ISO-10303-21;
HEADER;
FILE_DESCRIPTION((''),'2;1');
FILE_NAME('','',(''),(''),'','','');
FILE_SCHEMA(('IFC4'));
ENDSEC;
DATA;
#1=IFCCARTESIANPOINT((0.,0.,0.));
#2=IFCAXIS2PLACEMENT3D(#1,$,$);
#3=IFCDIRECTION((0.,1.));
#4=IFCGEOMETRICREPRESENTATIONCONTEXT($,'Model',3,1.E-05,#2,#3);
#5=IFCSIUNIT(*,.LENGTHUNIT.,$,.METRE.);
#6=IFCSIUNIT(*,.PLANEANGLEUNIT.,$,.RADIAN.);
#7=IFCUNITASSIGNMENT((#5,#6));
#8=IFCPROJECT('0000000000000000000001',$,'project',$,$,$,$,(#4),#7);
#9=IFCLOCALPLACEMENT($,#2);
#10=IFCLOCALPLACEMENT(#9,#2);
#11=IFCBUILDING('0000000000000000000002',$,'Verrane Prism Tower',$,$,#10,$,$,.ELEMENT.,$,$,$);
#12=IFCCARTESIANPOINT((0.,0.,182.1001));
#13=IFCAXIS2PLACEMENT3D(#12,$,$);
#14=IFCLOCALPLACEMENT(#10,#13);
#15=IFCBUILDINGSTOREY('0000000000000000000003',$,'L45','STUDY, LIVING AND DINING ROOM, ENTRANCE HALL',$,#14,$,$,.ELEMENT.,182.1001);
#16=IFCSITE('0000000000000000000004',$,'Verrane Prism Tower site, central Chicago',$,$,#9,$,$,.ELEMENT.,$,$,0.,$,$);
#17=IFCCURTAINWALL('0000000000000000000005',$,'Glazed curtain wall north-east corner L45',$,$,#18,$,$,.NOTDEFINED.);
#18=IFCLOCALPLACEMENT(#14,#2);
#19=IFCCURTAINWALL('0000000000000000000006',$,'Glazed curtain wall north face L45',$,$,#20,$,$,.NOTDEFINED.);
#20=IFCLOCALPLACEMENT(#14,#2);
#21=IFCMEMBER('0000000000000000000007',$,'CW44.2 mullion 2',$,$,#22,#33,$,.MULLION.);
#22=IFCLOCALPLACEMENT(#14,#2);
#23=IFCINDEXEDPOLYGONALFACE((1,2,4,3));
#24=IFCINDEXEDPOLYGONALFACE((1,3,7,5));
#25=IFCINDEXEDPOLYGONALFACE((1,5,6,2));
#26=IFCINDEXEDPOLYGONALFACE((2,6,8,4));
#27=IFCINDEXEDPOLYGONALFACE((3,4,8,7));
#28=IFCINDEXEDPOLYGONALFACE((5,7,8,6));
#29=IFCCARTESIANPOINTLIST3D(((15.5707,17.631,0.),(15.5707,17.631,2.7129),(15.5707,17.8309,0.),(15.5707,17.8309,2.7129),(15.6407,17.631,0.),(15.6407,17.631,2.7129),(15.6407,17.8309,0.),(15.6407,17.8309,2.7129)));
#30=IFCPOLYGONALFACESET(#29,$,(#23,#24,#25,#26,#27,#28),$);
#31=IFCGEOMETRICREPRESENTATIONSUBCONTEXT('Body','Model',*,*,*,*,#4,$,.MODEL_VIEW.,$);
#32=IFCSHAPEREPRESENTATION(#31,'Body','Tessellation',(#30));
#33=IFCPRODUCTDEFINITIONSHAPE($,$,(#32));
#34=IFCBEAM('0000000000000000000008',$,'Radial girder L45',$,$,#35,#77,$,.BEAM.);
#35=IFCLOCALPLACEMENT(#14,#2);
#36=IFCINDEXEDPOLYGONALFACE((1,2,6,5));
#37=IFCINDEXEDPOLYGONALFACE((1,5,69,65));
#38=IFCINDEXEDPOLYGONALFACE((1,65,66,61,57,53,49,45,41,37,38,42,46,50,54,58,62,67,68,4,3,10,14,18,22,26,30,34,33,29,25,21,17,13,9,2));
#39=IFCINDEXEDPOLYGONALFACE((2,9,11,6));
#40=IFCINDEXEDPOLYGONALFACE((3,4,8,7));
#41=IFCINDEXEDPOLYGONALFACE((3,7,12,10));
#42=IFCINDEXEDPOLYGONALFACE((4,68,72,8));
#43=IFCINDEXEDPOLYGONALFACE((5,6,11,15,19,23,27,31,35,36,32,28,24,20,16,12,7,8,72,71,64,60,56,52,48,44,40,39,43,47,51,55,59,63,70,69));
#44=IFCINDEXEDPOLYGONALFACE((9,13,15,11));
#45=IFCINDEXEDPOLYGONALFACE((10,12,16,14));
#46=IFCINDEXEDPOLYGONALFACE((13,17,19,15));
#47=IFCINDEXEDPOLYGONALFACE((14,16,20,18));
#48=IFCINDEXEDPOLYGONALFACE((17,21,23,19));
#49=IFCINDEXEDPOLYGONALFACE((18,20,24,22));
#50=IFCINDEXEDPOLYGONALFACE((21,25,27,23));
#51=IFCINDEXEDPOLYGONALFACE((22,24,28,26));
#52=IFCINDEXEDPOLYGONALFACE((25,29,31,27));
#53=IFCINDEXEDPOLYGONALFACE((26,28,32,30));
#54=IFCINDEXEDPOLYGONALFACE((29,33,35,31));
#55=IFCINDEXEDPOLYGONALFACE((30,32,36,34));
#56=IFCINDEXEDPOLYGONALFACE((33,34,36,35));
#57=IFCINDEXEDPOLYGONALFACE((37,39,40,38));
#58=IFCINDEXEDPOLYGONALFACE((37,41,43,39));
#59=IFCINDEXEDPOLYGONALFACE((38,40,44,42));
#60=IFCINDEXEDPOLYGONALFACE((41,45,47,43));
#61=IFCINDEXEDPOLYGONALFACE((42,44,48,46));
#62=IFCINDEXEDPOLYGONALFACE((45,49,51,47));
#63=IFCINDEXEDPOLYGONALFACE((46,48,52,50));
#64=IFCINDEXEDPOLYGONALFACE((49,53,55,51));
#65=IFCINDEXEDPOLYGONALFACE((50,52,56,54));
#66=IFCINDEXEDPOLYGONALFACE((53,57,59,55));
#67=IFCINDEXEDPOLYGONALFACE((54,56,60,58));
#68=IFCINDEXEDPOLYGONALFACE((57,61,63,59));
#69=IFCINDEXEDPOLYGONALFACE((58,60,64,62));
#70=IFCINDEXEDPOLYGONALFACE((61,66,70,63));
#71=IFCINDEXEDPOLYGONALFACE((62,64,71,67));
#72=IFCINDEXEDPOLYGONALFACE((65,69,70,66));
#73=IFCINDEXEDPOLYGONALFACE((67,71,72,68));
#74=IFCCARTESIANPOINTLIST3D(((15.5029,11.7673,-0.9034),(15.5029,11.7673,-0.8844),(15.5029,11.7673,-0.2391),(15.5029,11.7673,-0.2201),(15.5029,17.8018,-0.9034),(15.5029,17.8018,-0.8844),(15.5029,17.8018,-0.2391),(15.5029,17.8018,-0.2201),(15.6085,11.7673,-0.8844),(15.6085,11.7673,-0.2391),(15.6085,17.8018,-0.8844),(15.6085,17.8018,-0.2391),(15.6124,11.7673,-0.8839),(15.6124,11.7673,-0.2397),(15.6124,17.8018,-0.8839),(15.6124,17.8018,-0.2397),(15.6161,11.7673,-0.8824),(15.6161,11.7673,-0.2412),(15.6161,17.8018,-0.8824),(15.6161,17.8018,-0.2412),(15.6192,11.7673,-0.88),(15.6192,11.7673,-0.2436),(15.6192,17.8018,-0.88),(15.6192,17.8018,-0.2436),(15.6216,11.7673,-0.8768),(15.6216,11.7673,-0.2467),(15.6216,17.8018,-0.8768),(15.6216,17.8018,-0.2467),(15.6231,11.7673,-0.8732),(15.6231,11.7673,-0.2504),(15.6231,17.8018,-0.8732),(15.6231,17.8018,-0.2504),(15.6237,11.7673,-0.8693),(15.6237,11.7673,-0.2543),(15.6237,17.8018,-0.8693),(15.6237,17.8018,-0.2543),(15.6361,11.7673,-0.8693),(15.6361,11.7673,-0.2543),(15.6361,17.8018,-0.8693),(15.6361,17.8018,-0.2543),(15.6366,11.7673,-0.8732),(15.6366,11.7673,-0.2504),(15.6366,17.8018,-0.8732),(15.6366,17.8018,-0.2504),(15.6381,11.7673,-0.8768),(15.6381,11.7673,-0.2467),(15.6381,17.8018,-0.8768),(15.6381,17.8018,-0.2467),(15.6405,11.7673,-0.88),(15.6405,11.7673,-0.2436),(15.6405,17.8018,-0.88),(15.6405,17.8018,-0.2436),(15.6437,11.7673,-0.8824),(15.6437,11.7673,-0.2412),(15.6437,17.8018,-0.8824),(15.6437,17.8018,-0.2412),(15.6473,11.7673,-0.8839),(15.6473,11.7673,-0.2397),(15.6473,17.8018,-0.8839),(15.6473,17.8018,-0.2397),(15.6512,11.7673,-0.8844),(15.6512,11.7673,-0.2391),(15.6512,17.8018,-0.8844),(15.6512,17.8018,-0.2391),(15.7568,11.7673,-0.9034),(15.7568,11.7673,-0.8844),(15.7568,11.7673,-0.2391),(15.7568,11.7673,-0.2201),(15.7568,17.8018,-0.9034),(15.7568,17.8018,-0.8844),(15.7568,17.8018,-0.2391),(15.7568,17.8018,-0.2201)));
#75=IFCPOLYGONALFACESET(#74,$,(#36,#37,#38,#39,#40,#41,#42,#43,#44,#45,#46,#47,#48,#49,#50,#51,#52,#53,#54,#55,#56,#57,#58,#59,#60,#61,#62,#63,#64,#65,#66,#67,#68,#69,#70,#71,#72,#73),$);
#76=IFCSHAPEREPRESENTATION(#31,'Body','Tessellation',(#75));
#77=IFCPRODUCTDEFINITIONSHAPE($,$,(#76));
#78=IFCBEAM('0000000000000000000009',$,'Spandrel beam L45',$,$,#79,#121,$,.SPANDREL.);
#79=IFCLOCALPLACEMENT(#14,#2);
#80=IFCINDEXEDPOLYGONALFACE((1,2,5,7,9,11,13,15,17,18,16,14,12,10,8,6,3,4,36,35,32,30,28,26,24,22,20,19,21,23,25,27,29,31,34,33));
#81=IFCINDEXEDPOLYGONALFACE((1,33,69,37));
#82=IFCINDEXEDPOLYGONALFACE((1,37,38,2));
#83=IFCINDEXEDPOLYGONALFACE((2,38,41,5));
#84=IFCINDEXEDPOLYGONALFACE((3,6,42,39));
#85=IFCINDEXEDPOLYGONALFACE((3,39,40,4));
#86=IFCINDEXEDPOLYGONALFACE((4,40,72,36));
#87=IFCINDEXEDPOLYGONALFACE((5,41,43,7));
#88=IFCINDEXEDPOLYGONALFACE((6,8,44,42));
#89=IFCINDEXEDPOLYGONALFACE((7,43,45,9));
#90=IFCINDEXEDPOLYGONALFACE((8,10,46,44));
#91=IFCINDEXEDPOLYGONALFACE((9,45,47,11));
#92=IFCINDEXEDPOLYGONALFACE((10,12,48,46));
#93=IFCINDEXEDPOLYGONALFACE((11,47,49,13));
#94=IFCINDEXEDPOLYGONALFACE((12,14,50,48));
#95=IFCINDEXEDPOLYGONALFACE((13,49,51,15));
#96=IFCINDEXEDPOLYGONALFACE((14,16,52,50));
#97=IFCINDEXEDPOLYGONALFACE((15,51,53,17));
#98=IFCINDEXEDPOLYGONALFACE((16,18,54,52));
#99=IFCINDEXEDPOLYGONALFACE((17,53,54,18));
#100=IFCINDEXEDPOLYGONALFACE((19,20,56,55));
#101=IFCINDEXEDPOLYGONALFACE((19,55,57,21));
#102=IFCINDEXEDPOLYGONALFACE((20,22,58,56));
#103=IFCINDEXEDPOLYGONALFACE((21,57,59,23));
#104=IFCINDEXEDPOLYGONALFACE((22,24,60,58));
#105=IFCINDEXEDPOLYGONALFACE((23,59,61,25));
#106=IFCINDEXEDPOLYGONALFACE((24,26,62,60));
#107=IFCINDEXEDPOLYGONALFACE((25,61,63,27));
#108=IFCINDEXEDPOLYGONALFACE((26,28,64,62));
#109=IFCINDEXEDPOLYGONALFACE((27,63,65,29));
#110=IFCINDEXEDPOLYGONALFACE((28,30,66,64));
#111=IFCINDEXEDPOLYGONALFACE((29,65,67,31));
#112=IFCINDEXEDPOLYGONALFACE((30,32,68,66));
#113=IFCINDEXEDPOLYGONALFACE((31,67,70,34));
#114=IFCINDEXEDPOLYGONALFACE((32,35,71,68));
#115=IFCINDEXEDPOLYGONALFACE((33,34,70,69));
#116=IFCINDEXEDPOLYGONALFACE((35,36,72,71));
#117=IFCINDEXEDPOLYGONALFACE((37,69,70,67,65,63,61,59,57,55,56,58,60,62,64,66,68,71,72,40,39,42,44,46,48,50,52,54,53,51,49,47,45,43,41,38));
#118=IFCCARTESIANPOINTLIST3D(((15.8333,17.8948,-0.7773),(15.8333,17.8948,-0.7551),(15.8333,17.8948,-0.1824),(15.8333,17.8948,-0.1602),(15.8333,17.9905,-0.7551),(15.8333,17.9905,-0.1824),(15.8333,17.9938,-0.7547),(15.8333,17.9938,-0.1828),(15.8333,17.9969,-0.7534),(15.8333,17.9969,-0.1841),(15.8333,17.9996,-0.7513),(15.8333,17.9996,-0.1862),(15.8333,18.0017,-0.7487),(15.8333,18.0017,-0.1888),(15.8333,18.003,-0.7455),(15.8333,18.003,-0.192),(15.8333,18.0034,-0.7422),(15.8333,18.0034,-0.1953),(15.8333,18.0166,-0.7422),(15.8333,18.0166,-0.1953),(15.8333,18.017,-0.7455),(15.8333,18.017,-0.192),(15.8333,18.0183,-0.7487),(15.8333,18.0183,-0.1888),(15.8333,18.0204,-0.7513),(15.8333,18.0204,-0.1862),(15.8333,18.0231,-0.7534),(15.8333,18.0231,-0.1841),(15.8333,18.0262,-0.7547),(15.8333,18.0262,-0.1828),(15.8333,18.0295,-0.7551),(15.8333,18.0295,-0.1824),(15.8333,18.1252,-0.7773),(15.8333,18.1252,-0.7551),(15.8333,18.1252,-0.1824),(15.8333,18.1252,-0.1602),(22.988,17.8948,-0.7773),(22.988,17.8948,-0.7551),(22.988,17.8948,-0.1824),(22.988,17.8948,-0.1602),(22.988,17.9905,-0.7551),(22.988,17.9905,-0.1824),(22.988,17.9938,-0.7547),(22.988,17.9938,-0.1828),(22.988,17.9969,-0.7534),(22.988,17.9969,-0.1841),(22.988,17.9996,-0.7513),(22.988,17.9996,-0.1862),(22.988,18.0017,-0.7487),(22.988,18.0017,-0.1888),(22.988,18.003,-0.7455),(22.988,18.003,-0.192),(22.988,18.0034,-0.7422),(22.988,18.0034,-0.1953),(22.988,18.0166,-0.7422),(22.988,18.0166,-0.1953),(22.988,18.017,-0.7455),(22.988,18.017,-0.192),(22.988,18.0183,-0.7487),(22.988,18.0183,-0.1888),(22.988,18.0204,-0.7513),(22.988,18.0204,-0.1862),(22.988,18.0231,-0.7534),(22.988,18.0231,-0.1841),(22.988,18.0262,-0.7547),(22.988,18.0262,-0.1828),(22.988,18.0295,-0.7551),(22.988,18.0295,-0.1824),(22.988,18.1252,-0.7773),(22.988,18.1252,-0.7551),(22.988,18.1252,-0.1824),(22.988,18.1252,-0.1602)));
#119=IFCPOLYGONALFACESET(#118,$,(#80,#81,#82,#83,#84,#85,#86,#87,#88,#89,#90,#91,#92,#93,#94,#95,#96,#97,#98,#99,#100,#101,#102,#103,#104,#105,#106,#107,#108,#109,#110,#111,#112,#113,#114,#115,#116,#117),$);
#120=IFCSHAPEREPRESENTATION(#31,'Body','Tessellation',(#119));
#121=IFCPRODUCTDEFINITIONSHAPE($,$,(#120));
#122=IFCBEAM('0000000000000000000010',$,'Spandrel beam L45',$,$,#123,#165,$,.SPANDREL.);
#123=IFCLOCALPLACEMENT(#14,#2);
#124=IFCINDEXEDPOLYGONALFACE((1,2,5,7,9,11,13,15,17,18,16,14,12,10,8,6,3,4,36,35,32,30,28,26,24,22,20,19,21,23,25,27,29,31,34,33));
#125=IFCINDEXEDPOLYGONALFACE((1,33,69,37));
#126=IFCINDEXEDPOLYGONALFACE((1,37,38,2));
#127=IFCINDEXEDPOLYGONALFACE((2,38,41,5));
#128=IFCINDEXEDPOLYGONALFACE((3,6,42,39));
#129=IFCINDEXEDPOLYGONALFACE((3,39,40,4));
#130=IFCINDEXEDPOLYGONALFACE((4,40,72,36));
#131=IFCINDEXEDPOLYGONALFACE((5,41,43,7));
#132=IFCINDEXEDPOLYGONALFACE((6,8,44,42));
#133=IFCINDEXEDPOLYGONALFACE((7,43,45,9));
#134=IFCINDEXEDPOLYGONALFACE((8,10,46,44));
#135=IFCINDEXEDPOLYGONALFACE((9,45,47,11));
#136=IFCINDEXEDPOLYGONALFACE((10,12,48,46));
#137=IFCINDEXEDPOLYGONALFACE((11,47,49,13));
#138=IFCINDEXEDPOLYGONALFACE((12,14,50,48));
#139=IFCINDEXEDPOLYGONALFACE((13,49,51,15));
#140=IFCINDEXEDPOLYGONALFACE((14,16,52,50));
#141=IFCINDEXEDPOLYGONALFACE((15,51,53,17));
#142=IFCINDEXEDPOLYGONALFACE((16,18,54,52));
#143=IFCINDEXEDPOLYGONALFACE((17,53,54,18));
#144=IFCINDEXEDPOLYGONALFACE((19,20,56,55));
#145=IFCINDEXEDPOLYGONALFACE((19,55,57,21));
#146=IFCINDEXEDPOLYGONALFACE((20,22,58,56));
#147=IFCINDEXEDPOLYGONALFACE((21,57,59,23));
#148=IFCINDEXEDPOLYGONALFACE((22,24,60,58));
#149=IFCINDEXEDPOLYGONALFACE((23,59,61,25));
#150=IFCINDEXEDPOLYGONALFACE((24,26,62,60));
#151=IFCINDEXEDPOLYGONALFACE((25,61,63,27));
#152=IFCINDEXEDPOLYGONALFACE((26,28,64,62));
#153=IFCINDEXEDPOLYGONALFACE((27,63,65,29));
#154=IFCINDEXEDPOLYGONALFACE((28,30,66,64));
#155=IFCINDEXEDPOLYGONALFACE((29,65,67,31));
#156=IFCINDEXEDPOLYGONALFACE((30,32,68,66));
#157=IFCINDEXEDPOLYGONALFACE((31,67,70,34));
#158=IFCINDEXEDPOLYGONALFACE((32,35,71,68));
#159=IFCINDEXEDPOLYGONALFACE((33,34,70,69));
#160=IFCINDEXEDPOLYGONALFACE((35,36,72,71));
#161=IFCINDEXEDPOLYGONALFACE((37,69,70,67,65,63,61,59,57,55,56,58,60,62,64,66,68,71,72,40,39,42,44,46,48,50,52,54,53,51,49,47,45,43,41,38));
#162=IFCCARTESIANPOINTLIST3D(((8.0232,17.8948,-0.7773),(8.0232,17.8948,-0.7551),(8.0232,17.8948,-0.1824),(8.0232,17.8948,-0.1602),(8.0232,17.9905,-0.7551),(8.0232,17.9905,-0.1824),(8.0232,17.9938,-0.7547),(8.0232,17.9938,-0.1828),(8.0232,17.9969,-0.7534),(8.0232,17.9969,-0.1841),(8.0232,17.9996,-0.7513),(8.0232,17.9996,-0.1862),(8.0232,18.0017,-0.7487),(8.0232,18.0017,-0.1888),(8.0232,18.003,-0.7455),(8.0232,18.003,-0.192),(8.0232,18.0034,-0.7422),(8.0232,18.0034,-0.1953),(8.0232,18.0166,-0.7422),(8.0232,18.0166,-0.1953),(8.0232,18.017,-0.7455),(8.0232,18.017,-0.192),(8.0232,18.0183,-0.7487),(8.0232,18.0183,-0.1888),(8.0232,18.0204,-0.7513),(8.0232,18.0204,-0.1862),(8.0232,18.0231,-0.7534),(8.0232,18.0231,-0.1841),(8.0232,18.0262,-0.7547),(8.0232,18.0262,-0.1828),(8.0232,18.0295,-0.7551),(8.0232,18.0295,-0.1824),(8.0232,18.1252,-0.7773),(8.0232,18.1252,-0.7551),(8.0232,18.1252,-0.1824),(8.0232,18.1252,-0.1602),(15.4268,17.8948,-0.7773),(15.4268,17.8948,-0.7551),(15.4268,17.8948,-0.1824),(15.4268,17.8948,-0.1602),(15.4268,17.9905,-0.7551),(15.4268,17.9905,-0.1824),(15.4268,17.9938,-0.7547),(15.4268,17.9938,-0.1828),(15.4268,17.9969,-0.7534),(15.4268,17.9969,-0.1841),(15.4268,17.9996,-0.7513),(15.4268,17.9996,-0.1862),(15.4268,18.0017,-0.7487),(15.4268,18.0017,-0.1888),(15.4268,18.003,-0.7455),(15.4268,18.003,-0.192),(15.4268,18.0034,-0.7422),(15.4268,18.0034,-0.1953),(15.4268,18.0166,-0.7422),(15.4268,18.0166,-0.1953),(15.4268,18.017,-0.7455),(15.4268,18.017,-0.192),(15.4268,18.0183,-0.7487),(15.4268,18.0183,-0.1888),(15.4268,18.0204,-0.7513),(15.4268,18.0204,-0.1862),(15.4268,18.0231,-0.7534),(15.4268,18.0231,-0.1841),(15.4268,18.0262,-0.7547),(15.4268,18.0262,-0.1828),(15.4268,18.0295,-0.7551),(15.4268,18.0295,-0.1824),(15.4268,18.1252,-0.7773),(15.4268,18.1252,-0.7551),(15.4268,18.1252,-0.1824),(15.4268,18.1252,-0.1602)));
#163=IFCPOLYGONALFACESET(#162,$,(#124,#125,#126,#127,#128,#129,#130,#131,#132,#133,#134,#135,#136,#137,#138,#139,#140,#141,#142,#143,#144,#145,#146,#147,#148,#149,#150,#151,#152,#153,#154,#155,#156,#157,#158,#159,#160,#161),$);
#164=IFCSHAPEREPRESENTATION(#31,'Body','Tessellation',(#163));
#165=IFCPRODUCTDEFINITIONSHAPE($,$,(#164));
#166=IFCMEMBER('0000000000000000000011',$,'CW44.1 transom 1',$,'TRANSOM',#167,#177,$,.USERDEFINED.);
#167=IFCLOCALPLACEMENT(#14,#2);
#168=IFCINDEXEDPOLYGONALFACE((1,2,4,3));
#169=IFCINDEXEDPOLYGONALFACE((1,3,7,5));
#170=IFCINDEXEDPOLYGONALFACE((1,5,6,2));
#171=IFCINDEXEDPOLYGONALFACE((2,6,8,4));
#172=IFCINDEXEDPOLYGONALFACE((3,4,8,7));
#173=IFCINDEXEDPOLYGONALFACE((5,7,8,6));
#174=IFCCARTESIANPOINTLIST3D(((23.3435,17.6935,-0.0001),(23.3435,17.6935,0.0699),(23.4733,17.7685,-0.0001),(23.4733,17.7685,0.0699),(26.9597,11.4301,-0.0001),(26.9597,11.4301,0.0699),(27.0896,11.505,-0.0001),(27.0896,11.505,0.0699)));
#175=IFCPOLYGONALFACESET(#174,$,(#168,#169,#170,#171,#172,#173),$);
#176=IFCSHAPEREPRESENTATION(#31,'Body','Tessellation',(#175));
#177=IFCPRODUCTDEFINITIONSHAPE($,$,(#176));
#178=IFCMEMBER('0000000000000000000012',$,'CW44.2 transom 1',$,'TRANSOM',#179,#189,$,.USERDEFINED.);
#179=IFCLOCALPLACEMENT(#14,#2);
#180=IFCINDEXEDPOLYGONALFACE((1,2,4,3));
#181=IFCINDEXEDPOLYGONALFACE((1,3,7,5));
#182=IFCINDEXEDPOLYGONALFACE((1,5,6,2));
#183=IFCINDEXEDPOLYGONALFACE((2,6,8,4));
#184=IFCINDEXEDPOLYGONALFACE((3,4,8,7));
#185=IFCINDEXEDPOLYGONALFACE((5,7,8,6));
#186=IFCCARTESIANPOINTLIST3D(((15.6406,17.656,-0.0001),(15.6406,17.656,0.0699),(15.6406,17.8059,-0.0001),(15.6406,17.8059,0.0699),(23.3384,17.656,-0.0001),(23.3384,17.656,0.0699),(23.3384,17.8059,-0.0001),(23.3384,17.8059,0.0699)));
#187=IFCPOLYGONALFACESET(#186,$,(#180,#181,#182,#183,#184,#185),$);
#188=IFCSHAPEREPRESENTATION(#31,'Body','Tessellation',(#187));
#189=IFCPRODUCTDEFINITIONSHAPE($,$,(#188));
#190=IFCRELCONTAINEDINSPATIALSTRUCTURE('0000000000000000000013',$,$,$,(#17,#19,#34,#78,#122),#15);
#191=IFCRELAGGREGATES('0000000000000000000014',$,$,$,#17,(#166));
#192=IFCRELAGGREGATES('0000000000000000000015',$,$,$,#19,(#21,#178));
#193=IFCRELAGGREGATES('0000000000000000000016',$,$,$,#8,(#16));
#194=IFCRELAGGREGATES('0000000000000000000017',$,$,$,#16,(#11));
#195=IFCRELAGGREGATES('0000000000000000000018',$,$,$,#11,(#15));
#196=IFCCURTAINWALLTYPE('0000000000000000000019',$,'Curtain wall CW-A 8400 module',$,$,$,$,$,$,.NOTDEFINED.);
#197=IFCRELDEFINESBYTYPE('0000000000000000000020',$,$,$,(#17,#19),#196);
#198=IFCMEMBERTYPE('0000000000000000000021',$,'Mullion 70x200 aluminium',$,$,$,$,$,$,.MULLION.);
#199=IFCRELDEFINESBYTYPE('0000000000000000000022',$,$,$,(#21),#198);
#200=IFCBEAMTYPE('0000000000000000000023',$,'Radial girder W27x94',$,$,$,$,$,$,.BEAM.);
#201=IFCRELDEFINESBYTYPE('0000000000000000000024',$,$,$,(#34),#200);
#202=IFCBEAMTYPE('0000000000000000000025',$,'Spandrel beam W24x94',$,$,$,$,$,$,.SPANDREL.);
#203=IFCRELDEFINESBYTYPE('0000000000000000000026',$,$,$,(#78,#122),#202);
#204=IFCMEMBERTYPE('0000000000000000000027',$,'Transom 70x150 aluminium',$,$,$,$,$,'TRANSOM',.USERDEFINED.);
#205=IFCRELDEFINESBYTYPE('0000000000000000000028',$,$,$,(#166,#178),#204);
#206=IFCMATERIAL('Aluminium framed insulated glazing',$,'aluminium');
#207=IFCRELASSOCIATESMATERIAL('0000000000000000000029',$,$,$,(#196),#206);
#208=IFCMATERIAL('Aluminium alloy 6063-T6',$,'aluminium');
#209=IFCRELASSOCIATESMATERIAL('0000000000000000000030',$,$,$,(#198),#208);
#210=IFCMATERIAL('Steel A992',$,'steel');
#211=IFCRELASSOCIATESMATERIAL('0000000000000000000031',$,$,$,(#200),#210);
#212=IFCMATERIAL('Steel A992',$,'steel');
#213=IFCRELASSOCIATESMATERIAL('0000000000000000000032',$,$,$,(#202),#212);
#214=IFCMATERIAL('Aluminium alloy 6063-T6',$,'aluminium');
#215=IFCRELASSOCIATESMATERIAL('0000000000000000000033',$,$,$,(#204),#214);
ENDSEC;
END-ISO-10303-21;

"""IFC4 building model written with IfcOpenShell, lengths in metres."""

from ifc_helpers import new_model, si_unit, direction, frame, origin, origin_2d, place, context, subcontext, project, spatial, rectangle, i_section, extrude, material, material_profile, profile_set, type_object, element, aggregate, save


model = new_model("IFC4")

# Units and contexts
model_context = context("Model", 3, precision=1e-05, world=origin(), true_north=direction((0.0, 1.0)))
body_context = subcontext(model_context, "Body", "Model", "MODEL_VIEW")
ifc_project = project(units=[si_unit("LENGTHUNIT", "METRE"), si_unit("PLANEANGLEUNIT", "RADIAN")], contexts=[model_context])

# Site, building, storey
site_placement = place(None, origin())
site = spatial("IfcSite", under=ifc_project, at=site_placement, Name="Verrane Prism Tower site, central Chicago", CompositionType="ELEMENT", RefElevation=0.0)
building_placement = place(site_placement, origin())
building = spatial("IfcBuilding", under=site, at=building_placement, Name="Verrane Prism Tower", CompositionType="ELEMENT")
storey_placement = place(building_placement, frame((0.0, 0.0, 182.1001)))
storey = spatial("IfcBuildingStorey", under=building, at=storey_placement, Name="L45", Description="STUDY, LIVING AND DINING ROOM, ENTRANCE HALL", CompositionType="ELEMENT", Elevation=182.1001)

# Curtain wall
ifc_material_1 = material(Name="Aluminium framed insulated glazing", Category="aluminium")
curtain_wall_type = type_object("IfcCurtainWallType", Name="Curtain wall CW-A 8400 module", PredefinedType="NOTDEFINED", material=ifc_material_1)
curtain_wall_1_placement = place(storey_placement, origin())
curtain_wall_1 = element("IfcCurtainWall", 1, at=curtain_wall_1_placement, inside=storey, type_object=curtain_wall_type, Name="Glazed curtain wall north-east corner L45", PredefinedType="NOTDEFINED")
ifc_material_2 = material(Name="Aluminium alloy 6063-T6", Category="aluminium")
ifc_material_profile_1 = material_profile(ifc_material_2, rectangle(XDim=0.2, YDim=0.0701, at=origin_2d()), Name="Mullion 70x200 aluminium")
ifc_profile_set_1 = profile_set([ifc_material_profile_1], Name="Aluminium alloy 6063-T6")
member_type_1 = type_object("IfcMemberType", Name="Mullion 70x200 aluminium", PredefinedType="MULLION", material=ifc_profile_set_1)

# Curtain wall, member
curtain_wall_2_placement = place(storey_placement, origin())
curtain_wall_2 = element("IfcCurtainWall", 2, at=curtain_wall_2_placement, inside=storey, type_object=curtain_wall_type, Name="Glazed curtain wall north face L45", PredefinedType="NOTDEFINED")
member_1_placement = place(storey_placement, frame((15.6057, 17.731, 0.0), z_axis=(0.0, 0.0, 1.0), x_axis=(0.0, -1.0, 0.0)))
member_1 = element("IfcMember", 3, at=member_1_placement, type_object=member_type_1, Name="CW44.2 mullion 2", PredefinedType="MULLION", context=body_context, shape_type="SweptSolid", body=[
    extrude(rectangle(XDim=0.2, YDim=0.0701, at=origin_2d()), origin(), (0.0, 0.0, 1.0), 2.7129),
])

# Beams
ifc_material_3 = material(Name="Steel A992", Category="steel")
ifc_material_profile_2 = material_profile(ifc_material_3, i_section(OverallWidth=0.2539, OverallDepth=0.6833, WebThickness=0.0125, FlangeThickness=0.019, FilletRadius=0.0151, at=origin_2d()), Name="W27x94")
ifc_profile_set_2 = profile_set([ifc_material_profile_2], Name="Steel A992")
beam_type_1 = type_object("IfcBeamType", Name="Radial girder W27x94", PredefinedType="BEAM", material=ifc_profile_set_2)
beam_1_placement = place(storey_placement, frame((15.6299, 17.8018, -0.5618), z_axis=(0.0, -1.0, 0.0), x_axis=(1.0, 0.0, 0.0)))
element("IfcBeam", 4, at=beam_1_placement, inside=storey, type_object=beam_type_1, Name="Radial girder L45", PredefinedType="BEAM", context=body_context, shape_type="SweptSolid", body=[
    extrude(i_section(OverallWidth=0.2539, OverallDepth=0.6833, WebThickness=0.0125, FlangeThickness=0.019, FilletRadius=0.0151, at=origin_2d()), origin(), (0.0, 0.0, 1.0), 6.0344),
])
ifc_material_4 = material(Name="Steel A992", Category="steel")
ifc_material_profile_3 = material_profile(ifc_material_4, i_section(OverallWidth=0.2305, OverallDepth=0.6172, WebThickness=0.0132, FlangeThickness=0.0222, FilletRadius=0.0129, at=origin_2d()), Name="W24x94")
ifc_profile_set_3 = profile_set([ifc_material_profile_3], Name="Steel A992")
beam_type_2 = type_object("IfcBeamType", Name="Spandrel beam W24x94", PredefinedType="SPANDREL", material=ifc_profile_set_3)
beam_2_placement = place(storey_placement, frame((22.988, 18.01, -0.4688), z_axis=(-1.0, 0.0, 0.0), x_axis=(0.0, -1.0, 0.0)))
element("IfcBeam", 5, at=beam_2_placement, inside=storey, type_object=beam_type_2, Name="Spandrel beam L45", PredefinedType="SPANDREL", context=body_context, shape_type="SweptSolid", body=[
    extrude(i_section(OverallWidth=0.2305, OverallDepth=0.6172, WebThickness=0.0132, FlangeThickness=0.0222, FilletRadius=0.0129, at=origin_2d()), origin(), (0.0, 0.0, 1.0), 7.1548),
])
beam_3_placement = place(storey_placement, frame((15.4268, 18.01, -0.4688), z_axis=(-1.0, 0.0, 0.0), x_axis=(0.0, -1.0, 0.0)))
element("IfcBeam", 6, at=beam_3_placement, inside=storey, type_object=beam_type_2, Name="Spandrel beam L45", PredefinedType="SPANDREL", context=body_context, shape_type="SweptSolid", body=[
    extrude(i_section(OverallWidth=0.2305, OverallDepth=0.6172, WebThickness=0.0132, FlangeThickness=0.0222, FilletRadius=0.0129, at=origin_2d()), origin(), (0.0, 0.0, 1.0), 7.4036),
])

# Members
ifc_material_5 = material(Name="Aluminium alloy 6063-T6", Category="aluminium")
ifc_material_profile_4 = material_profile(ifc_material_5, rectangle(XDim=0.1499, YDim=0.0701, at=origin_2d()), Name="Transom 70x150 aluminium")
ifc_profile_set_4 = profile_set([ifc_material_profile_4], Name="Aluminium alloy 6063-T6")
member_type_2 = type_object("IfcMemberType", Name="Transom 70x150 aluminium", ElementType="TRANSOM", PredefinedType="USERDEFINED", material=ifc_profile_set_4)
member_2_placement = place(storey_placement, frame((27.0247, 11.4675, 0.0349), z_axis=(-0.500002, 0.866024, 0.0), x_axis=(-0.866024, -0.500002, 0.0)))
member_2 = element("IfcMember", 7, at=member_2_placement, type_object=member_type_2, Name="CW44.1 transom 1", ObjectType="TRANSOM", PredefinedType="USERDEFINED", context=body_context, shape_type="SweptSolid", body=[
    extrude(rectangle(XDim=0.1499, YDim=0.0701, at=origin_2d()), origin(), (0.0, 0.0, 1.0), 7.2324),
])
member_3_placement = place(storey_placement, frame((23.3384, 17.731, 0.0349), z_axis=(-1.0, 0.0, 0.0), x_axis=(0.0, -1.0, 0.0)))
member_3 = element("IfcMember", 8, at=member_3_placement, type_object=member_type_2, Name="CW44.2 transom 1", ObjectType="TRANSOM", PredefinedType="USERDEFINED", context=body_context, shape_type="SweptSolid", body=[
    extrude(rectangle(XDim=0.1499, YDim=0.0701, at=origin_2d()), origin(), (0.0, 0.0, 1.0), 7.6978),
])

aggregate(curtain_wall_1, [member_2])
aggregate(curtain_wall_2, [member_1, member_3])

save(model, "model.ifc")
